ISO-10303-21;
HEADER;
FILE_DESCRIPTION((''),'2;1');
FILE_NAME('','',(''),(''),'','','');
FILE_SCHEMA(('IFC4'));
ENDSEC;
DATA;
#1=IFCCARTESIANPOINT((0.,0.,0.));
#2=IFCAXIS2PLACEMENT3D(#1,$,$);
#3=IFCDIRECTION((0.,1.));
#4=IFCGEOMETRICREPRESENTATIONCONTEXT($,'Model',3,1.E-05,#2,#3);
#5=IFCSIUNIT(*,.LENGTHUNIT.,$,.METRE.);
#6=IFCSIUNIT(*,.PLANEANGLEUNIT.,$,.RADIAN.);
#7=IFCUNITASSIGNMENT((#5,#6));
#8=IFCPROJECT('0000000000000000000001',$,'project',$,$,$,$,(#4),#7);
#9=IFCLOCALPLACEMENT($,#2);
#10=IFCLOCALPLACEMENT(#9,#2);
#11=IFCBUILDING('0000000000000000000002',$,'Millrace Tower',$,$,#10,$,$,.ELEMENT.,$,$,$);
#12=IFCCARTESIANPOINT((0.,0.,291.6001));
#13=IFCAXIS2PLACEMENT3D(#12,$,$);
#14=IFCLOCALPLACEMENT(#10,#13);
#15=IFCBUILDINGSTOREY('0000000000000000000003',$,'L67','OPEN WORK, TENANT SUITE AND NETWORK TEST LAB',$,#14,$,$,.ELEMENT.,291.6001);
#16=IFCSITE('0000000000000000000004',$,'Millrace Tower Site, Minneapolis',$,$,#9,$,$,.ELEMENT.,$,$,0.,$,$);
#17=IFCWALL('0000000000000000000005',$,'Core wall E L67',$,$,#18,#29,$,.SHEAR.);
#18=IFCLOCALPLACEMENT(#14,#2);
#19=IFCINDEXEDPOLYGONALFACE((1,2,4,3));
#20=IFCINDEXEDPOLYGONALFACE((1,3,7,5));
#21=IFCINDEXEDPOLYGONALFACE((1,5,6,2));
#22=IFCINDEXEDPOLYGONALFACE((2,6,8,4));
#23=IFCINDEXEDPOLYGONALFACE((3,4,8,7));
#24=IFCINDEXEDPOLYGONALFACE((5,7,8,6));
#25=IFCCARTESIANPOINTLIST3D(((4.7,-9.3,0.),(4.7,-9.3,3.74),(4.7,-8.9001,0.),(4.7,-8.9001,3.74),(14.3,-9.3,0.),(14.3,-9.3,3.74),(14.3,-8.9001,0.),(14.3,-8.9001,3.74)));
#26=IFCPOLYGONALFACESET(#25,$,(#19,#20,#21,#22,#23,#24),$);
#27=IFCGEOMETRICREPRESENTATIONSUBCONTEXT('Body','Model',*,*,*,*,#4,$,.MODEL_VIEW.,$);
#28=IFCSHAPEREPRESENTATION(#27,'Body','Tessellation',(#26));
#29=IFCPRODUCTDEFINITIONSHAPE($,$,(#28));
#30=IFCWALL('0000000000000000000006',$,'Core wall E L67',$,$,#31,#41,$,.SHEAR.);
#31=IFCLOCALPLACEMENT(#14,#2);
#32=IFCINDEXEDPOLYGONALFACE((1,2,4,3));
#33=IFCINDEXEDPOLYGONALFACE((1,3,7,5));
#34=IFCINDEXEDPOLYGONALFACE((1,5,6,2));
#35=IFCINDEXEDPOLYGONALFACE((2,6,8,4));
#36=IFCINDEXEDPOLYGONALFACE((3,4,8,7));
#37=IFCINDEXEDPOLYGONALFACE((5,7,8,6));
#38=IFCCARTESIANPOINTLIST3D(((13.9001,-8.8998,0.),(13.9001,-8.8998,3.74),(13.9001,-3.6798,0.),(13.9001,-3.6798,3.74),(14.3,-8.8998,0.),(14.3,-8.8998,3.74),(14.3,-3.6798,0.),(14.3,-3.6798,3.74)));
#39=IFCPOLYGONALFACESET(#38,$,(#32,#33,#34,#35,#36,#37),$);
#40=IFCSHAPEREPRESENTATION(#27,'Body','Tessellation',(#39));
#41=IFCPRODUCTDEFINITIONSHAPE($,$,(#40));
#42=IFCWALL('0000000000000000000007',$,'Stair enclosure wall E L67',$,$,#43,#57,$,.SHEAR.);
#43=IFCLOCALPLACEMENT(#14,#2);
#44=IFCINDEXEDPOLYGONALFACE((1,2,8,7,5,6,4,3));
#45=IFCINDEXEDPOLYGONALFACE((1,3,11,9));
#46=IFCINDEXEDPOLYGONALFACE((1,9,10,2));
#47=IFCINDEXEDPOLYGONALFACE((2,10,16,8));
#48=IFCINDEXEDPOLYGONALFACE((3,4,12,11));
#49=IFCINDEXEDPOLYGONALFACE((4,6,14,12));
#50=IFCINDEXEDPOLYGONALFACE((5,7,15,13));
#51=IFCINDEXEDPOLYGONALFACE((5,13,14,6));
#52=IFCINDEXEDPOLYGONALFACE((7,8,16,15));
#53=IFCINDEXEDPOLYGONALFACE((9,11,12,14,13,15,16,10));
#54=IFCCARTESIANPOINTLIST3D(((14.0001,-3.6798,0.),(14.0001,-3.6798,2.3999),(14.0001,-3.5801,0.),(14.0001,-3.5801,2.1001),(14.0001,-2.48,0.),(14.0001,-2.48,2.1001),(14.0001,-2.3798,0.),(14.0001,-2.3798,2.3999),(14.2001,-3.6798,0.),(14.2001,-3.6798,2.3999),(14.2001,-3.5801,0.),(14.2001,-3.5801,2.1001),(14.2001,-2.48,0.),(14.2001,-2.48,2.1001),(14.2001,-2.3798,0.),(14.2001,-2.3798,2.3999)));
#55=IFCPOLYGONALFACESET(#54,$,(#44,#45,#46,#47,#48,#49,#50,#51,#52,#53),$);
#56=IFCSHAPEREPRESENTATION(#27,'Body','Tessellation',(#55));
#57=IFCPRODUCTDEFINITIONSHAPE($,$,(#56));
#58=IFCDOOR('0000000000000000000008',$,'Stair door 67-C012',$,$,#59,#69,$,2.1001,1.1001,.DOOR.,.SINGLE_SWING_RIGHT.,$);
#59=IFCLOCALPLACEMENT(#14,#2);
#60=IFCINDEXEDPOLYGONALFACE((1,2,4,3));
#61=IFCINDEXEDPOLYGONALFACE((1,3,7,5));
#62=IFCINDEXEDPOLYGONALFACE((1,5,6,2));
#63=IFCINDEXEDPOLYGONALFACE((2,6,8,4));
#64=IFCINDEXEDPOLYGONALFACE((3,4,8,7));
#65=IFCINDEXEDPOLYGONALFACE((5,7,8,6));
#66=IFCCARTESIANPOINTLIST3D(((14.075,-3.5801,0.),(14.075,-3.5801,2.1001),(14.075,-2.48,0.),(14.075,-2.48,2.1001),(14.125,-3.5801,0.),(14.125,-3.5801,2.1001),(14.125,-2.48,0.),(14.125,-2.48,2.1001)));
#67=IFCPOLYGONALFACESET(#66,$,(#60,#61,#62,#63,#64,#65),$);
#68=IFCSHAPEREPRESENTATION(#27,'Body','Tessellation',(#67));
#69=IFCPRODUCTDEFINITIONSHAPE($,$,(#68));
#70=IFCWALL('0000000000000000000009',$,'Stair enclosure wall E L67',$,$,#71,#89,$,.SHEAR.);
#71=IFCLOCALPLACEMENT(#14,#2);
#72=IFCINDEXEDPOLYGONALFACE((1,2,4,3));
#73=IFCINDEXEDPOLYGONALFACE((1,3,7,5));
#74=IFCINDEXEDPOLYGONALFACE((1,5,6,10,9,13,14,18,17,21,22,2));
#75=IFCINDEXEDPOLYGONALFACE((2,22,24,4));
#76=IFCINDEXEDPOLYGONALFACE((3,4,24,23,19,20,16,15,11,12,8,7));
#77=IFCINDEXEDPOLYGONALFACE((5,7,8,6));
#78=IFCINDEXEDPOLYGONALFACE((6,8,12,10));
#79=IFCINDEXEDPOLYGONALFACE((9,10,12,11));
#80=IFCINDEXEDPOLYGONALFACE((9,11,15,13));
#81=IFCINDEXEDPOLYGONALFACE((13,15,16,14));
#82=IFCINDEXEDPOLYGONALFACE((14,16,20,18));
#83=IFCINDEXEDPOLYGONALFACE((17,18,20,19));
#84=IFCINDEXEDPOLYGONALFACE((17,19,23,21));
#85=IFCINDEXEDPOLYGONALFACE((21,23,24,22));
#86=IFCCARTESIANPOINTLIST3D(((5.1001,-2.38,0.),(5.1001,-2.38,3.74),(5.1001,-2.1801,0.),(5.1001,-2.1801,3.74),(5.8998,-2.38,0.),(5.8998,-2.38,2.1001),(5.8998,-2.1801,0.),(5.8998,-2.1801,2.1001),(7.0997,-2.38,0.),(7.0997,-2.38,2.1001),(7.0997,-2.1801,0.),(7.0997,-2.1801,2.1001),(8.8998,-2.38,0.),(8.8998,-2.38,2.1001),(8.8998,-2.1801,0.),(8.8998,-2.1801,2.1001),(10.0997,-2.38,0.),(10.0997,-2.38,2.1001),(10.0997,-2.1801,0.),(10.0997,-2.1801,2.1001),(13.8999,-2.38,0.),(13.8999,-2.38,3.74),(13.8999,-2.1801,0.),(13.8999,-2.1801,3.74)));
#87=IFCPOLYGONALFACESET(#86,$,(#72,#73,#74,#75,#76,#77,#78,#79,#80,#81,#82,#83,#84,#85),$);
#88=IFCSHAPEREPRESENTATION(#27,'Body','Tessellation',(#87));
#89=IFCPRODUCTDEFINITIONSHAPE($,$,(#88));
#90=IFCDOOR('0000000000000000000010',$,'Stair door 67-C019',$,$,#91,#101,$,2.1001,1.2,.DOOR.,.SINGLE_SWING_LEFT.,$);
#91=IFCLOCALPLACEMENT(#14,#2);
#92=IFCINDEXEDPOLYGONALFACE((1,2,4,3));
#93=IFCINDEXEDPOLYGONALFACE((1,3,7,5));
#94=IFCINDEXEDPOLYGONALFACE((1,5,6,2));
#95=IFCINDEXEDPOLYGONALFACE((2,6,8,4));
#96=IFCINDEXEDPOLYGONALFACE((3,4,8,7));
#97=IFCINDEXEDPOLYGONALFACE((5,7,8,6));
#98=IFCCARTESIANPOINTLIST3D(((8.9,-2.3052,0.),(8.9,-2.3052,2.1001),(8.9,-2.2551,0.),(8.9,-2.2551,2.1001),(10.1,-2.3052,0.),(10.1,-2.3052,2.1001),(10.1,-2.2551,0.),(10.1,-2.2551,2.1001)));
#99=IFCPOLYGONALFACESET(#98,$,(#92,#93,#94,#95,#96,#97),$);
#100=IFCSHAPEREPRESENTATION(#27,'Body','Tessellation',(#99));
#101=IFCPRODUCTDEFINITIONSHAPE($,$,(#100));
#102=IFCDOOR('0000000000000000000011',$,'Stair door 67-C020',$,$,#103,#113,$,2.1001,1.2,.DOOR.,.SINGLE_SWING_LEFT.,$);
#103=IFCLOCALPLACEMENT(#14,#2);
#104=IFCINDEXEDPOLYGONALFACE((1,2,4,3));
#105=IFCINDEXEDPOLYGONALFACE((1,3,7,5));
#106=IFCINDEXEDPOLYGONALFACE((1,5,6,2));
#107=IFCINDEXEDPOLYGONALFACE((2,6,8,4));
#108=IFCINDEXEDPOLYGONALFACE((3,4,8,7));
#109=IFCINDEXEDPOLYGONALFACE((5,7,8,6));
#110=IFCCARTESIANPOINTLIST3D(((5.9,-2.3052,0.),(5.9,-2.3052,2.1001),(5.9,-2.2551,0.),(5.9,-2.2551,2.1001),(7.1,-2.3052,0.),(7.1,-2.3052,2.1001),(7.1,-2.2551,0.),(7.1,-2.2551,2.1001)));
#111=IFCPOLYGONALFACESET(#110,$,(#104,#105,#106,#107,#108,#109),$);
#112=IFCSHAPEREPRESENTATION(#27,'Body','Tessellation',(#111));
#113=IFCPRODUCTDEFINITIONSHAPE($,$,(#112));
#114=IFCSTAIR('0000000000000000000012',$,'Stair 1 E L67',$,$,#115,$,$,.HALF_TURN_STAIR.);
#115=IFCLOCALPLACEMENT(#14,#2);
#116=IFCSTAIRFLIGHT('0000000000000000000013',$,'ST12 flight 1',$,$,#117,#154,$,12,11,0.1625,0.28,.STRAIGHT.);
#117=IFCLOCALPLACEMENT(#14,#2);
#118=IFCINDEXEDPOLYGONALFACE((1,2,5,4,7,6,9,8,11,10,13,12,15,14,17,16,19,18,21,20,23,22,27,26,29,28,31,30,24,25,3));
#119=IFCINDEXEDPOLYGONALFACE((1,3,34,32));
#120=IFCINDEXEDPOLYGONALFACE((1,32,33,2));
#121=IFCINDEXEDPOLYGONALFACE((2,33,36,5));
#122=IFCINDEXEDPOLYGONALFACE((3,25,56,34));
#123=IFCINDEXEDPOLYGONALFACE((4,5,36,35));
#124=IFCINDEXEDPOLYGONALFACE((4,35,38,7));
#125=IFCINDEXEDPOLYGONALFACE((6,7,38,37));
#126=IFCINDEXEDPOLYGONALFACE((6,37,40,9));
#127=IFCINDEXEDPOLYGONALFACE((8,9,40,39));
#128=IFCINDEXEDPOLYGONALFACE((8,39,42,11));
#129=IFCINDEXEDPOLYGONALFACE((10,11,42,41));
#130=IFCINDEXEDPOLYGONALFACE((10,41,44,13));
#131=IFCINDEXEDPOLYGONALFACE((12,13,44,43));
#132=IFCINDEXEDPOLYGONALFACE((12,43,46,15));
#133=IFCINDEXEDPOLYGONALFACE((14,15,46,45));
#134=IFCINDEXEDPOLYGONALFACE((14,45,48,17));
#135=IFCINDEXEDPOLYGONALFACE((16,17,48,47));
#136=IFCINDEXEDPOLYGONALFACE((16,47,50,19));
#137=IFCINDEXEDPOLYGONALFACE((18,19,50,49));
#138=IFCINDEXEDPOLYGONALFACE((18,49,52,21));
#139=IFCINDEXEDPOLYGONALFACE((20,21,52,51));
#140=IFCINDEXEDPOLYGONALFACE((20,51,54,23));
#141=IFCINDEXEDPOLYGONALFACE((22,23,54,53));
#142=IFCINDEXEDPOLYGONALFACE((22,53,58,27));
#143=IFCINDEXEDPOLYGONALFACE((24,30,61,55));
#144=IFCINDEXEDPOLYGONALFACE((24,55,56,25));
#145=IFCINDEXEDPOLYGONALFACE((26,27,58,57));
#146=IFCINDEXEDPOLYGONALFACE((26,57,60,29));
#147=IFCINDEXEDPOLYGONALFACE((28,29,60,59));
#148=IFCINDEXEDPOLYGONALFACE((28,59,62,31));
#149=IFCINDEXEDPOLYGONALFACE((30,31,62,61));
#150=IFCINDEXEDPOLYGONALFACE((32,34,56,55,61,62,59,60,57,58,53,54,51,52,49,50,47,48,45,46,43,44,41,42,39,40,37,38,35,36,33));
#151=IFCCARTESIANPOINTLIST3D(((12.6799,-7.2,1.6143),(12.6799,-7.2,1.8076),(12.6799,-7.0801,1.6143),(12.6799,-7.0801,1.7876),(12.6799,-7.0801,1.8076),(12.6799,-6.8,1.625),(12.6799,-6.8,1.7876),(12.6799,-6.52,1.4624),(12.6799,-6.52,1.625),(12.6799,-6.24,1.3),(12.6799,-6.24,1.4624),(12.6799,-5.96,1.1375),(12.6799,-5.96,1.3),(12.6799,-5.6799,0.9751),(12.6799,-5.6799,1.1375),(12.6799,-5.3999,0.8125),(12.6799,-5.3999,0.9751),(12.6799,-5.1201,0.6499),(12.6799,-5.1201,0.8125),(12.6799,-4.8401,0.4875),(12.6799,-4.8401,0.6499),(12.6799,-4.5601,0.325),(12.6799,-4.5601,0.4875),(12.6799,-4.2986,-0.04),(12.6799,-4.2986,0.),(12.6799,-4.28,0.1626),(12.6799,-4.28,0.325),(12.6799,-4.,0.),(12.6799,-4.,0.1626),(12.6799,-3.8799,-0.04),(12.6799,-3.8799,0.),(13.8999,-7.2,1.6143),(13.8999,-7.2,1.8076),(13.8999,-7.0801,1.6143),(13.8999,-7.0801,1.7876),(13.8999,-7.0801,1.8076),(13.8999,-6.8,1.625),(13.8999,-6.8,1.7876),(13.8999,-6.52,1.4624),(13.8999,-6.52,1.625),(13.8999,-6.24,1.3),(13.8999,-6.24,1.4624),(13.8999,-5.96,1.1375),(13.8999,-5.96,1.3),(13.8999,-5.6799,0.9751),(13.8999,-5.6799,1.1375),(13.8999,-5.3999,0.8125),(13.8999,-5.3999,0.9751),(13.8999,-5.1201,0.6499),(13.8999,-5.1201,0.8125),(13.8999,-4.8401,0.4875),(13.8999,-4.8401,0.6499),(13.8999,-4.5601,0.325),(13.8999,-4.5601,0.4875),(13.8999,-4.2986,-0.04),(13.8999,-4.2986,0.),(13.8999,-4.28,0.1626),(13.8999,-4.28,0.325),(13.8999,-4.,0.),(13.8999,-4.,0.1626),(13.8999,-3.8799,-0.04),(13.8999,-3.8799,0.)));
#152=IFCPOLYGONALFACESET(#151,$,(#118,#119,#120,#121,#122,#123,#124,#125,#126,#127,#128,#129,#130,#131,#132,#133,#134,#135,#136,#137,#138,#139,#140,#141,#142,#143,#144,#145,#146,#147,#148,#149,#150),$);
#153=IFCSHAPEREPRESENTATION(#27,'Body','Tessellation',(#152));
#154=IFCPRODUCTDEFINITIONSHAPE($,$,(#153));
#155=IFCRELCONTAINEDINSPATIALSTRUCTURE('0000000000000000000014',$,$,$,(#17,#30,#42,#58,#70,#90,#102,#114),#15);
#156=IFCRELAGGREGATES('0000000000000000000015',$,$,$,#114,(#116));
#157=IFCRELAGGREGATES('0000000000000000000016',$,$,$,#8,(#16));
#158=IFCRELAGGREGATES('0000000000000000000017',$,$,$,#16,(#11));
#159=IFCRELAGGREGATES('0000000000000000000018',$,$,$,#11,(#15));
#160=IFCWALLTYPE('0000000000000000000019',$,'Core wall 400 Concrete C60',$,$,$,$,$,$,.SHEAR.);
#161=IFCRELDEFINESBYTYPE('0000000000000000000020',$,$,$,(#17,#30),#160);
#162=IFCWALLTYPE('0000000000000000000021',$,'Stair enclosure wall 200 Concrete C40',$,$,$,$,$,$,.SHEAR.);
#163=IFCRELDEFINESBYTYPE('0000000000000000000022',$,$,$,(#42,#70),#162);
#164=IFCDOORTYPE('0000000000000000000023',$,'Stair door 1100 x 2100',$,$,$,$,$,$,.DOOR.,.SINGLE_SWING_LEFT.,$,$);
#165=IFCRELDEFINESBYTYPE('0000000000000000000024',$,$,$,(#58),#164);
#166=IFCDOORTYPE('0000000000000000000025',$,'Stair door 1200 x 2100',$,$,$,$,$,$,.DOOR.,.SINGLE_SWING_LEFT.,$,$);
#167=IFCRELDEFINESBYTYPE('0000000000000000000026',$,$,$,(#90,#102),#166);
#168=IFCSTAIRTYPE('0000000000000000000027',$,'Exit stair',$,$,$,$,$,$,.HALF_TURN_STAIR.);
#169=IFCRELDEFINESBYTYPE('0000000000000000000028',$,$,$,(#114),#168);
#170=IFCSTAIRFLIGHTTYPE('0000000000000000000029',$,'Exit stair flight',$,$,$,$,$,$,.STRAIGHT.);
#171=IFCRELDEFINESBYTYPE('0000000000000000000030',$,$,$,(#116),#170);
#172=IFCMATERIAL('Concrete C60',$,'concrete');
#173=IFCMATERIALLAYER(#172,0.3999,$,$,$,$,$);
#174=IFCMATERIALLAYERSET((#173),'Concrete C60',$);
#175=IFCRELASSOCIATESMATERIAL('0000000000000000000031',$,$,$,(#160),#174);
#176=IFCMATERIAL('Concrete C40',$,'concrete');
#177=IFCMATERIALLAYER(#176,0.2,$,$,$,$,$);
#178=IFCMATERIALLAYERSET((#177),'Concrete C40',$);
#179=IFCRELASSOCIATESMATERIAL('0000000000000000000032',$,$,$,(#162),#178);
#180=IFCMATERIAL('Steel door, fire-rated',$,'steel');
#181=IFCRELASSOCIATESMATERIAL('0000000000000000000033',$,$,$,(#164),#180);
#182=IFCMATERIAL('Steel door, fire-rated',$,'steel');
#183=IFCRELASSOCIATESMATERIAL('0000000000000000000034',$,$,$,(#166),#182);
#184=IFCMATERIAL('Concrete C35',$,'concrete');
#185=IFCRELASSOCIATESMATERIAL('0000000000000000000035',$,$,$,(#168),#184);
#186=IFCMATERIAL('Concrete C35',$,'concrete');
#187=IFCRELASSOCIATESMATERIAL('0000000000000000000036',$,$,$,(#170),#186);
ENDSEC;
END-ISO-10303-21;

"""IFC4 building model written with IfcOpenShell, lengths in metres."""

from ifc_helpers import new_model, si_unit, direction, frame, frame_2d, origin, place, context, subcontext, project, spatial, polyline, rectangle, outline, extrude, material, layer, layer_set, type_object, element, fill, aggregate, save


model = new_model("IFC4")

# Units and contexts
model_context = context("Model", 3, precision=1e-05, world=origin(), true_north=direction((0.0, 1.0)))
body_context = subcontext(model_context, "Body", "Model", "MODEL_VIEW")
ifc_project = project(units=[si_unit("LENGTHUNIT", "METRE"), si_unit("PLANEANGLEUNIT", "RADIAN")], contexts=[model_context])

# Site, building, storey
site_placement = place(None, origin())
site = spatial("IfcSite", under=ifc_project, at=site_placement, Name="Millrace Tower Site, Minneapolis", CompositionType="ELEMENT", RefElevation=0.0)
building_placement = place(site_placement, origin())
building = spatial("IfcBuilding", under=site, at=building_placement, Name="Millrace Tower", CompositionType="ELEMENT")
storey_placement = place(building_placement, frame((0.0, 0.0, 291.6001)))
storey = spatial("IfcBuildingStorey", under=building, at=storey_placement, Name="L67", Description="OPEN WORK, TENANT SUITE AND NETWORK TEST LAB", CompositionType="ELEMENT", Elevation=291.6001)

# Shared definitions
placement = place(storey_placement, origin())

# Walls
ifc_material_1 = material(Name="Concrete C60", Category="concrete")
ifc_layer_1 = layer(ifc_material_1, 0.3999)
ifc_layer_set_1 = layer_set([ifc_layer_1], Name="Concrete C60")
wall_type_1 = type_object("IfcWallType", Name="Core wall 400 Concrete C60", PredefinedType="SHEAR", material=ifc_layer_set_1)
wall_1_placement = place(storey_placement, frame((14.3, -9.1001, 0.0), z_axis=(0.0, 0.0, 1.0), x_axis=(-1.0, 0.0, 0.0)))
element("IfcWall", 1, at=wall_1_placement, inside=storey, type_object=wall_type_1, Name="Core wall E L67", PredefinedType="SHEAR", context=body_context, shape_type="SweptSolid", body=[
    extrude(rectangle(XDim=9.6001, YDim=0.3999, at=frame_2d((4.8, 0.0))), origin(), (0.0, 0.0, 1.0), 3.74),
])
wall_2_placement = place(storey_placement, frame((14.1001, -3.6799, 0.0), z_axis=(0.0, 0.0, 1.0), x_axis=(0.0, -1.0, 0.0)))
element("IfcWall", 2, at=wall_2_placement, inside=storey, type_object=wall_type_1, Name="Core wall E L67", PredefinedType="SHEAR", context=body_context, shape_type="SweptSolid", body=[
    extrude(rectangle(XDim=5.22, YDim=0.3999, at=frame_2d((2.6099, 0.0))), origin(), (0.0, 0.0, 1.0), 3.74),
])

# Wall, opening, door
ifc_material_2 = material(Name="Concrete C40", Category="concrete")
ifc_layer_2 = layer(ifc_material_2, 0.2)
ifc_layer_set_2 = layer_set([ifc_layer_2], Name="Concrete C40")
wall_type_2 = type_object("IfcWallType", Name="Stair enclosure wall 200 Concrete C40", PredefinedType="SHEAR", material=ifc_layer_set_2)
wall_3_placement = place(storey_placement, frame((14.1001, -2.3799, 0.0), z_axis=(0.0, 0.0, 1.0), x_axis=(0.0, -1.0, 0.0)))
wall_3 = element("IfcWall", 3, at=wall_3_placement, inside=storey, type_object=wall_type_2, Name="Stair enclosure wall E L67", PredefinedType="SHEAR", context=body_context, shape_type="SweptSolid", body=[
    extrude(rectangle(XDim=1.3, YDim=0.2, at=frame_2d((0.6499, 0.0))), origin(), (0.0, 0.0, 1.0), 2.3999),
])
opening_1_placement = place(wall_3_placement, frame((0.1001, 0.0, 0.0)))
opening_1 = element("IfcOpeningElement", 4, at=opening_1_placement, cuts=wall_3, PredefinedType="OPENING", context=body_context, shape_type="SweptSolid", body=[
    extrude(rectangle(XDim=1.1001, YDim=2.1001, at=frame_2d((0.55, 1.05))), frame((0.0, 0.1099, 0.0), z_axis=(0.0, -1.0, 0.0), x_axis=(1.0, 0.0, 0.0)), (0.0, 0.0, 1.0), 0.22),
])
ifc_material_3 = material(Name="Steel door, fire-rated", Category="steel")
door_type_1 = type_object("IfcDoorType", Name="Stair door 1100 x 2100", OperationType="SINGLE_SWING_LEFT", PredefinedType="DOOR", material=ifc_material_3)
door_1_placement = place(opening_1_placement, origin())
door_1 = element("IfcDoor", 5, at=door_1_placement, inside=storey, type_object=door_type_1, Name="Stair door 67-C012", OperationType="SINGLE_SWING_RIGHT", OverallHeight=2.1001, OverallWidth=1.1001, PredefinedType="DOOR", context=body_context, shape_type="SweptSolid", body=[
    extrude(rectangle(XDim=1.1001, YDim=2.1001, at=frame_2d((0.55, 1.05))), frame((0.0, 0.0249, 0.0), z_axis=(0.0, -1.0, 0.0), x_axis=(1.0, 0.0, 0.0)), (0.0, 0.0, 1.0), 0.05),
])
fill(opening_1, door_1)

# Wall, openings, doors
wall_4_placement = place(storey_placement, frame((13.8999, -2.28, 0.0), z_axis=(0.0, 0.0, 1.0), x_axis=(-1.0, 0.0, 0.0)))
wall_4 = element("IfcWall", 6, at=wall_4_placement, inside=storey, type_object=wall_type_2, Name="Stair enclosure wall E L67", PredefinedType="SHEAR", context=body_context, shape_type="SweptSolid", body=[
    extrude(rectangle(XDim=8.7998, YDim=0.2, at=frame_2d((4.3999, 0.0))), origin(), (0.0, 0.0, 1.0), 3.74),
])
opening_2_placement = place(wall_4_placement, frame((3.8, 0.0, 0.0)))
opening_2 = element("IfcOpeningElement", 7, at=opening_2_placement, cuts=wall_4, PredefinedType="OPENING", context=body_context, shape_type="SweptSolid", body=[
    extrude(rectangle(XDim=1.2, YDim=2.1001, at=frame_2d((0.6001, 1.05))), frame((0.0, 0.1099, 0.0), z_axis=(0.0, -1.0, 0.0), x_axis=(1.0, 0.0, 0.0)), (0.0, 0.0, 1.0), 0.22),
])
opening_3_placement = place(wall_4_placement, frame((6.8, 0.0, 0.0)))
opening_3 = element("IfcOpeningElement", 8, at=opening_3_placement, cuts=wall_4, PredefinedType="OPENING", context=body_context, shape_type="SweptSolid", body=[
    extrude(rectangle(XDim=1.2, YDim=2.1001, at=frame_2d((0.6001, 1.05))), frame((0.0, 0.1099, 0.0), z_axis=(0.0, -1.0, 0.0), x_axis=(1.0, 0.0, 0.0)), (0.0, 0.0, 1.0), 0.22),
])
ifc_material_4 = material(Name="Steel door, fire-rated", Category="steel")
door_type_2 = type_object("IfcDoorType", Name="Stair door 1200 x 2100", OperationType="SINGLE_SWING_LEFT", PredefinedType="DOOR", material=ifc_material_4)
door_2_placement = place(opening_2_placement, frame((1.2, 0.0, 0.0), z_axis=(0.0, 0.0, 1.0), x_axis=(-1.0, 0.0, 0.0)))
door_2 = element("IfcDoor", 9, at=door_2_placement, inside=storey, type_object=door_type_2, Name="Stair door 67-C019", OperationType="SINGLE_SWING_LEFT", OverallHeight=2.1001, OverallWidth=1.2, PredefinedType="DOOR", context=body_context, shape_type="SweptSolid", body=[
    extrude(rectangle(XDim=1.2, YDim=2.1001, at=frame_2d((0.6001, 1.05))), frame((0.0, 0.0249, 0.0), z_axis=(0.0, -1.0, 0.0), x_axis=(1.0, 0.0, 0.0)), (0.0, 0.0, 1.0), 0.05),
])
fill(opening_2, door_2)
door_3_placement = place(opening_3_placement, frame((1.2, 0.0, 0.0), z_axis=(0.0, 0.0, 1.0), x_axis=(-1.0, 0.0, 0.0)))
door_3 = element("IfcDoor", 10, at=door_3_placement, inside=storey, type_object=door_type_2, Name="Stair door 67-C020", OperationType="SINGLE_SWING_LEFT", OverallHeight=2.1001, OverallWidth=1.2, PredefinedType="DOOR", context=body_context, shape_type="SweptSolid", body=[
    extrude(rectangle(XDim=1.2, YDim=2.1001, at=frame_2d((0.6001, 1.05))), frame((0.0, 0.0249, 0.0), z_axis=(0.0, -1.0, 0.0), x_axis=(1.0, 0.0, 0.0)), (0.0, 0.0, 1.0), 0.05),
])
fill(opening_3, door_3)

# Stair, stair flight
ifc_material_5 = material(Name="Concrete C35", Category="concrete")
stair_type = type_object("IfcStairType", Name="Exit stair", PredefinedType="HALF_TURN_STAIR", material=ifc_material_5)
stair = element("IfcStair", 11, at=placement, inside=storey, type_object=stair_type, Name="Stair 1 E L67", PredefinedType="HALF_TURN_STAIR")
ifc_material_6 = material(Name="Concrete C35", Category="concrete")
stair_flight_type = type_object("IfcStairFlightType", Name="Exit stair flight", PredefinedType="STRAIGHT", material=ifc_material_6)
stair_flight_placement = place(storey_placement, frame((13.29, -4.0, 0.0), z_axis=(0.0, 0.0, 1.0), x_axis=(0.0, -1.0, 0.0)))
stair_flight = element("IfcStairFlight", 12, at=stair_flight_placement, type_object=stair_flight_type, Name="ST12 flight 1", NumberOfRisers=12, NumberOfTreads=11, PredefinedType="STRAIGHT", RiserHeight=0.1625, TreadLength=0.28, context=body_context, shape_type="SweptSolid", body=[
    extrude(outline(polyline([(-0.1201, -0.04), (-0.1201, 0.0), (0.0, 0.0), (0.0, 0.1626), (0.28, 0.1626), (0.28, 0.325), (0.5601, 0.325), (0.5601, 0.4875), (0.8401, 0.4875), (0.8401, 0.6499), (1.1201, 0.6499), (1.1201, 0.8125), (1.3999, 0.8125), (1.3999, 0.9751), (1.6799, 0.9751), (1.6799, 1.1375), (1.96, 1.1375), (1.96, 1.3), (2.24, 1.3), (2.24, 1.4624), (2.52, 1.4624), (2.52, 1.625), (2.8, 1.625), (2.8, 1.7876), (3.0801, 1.7876), (3.0801, 1.8076), (3.2, 1.8076), (3.2, 1.6143), (3.0801, 1.6143), (0.2986, 0.0), (0.2986, -0.04), (-0.1201, -0.04)])), frame((0.0, 0.6099, 0.0), z_axis=(0.0, -1.0, 0.0), x_axis=(1.0, 0.0, 0.0)), (0.0, 0.0, 1.0), 1.22),
])
aggregate(stair, [stair_flight])

save(model, "model.ifc")
